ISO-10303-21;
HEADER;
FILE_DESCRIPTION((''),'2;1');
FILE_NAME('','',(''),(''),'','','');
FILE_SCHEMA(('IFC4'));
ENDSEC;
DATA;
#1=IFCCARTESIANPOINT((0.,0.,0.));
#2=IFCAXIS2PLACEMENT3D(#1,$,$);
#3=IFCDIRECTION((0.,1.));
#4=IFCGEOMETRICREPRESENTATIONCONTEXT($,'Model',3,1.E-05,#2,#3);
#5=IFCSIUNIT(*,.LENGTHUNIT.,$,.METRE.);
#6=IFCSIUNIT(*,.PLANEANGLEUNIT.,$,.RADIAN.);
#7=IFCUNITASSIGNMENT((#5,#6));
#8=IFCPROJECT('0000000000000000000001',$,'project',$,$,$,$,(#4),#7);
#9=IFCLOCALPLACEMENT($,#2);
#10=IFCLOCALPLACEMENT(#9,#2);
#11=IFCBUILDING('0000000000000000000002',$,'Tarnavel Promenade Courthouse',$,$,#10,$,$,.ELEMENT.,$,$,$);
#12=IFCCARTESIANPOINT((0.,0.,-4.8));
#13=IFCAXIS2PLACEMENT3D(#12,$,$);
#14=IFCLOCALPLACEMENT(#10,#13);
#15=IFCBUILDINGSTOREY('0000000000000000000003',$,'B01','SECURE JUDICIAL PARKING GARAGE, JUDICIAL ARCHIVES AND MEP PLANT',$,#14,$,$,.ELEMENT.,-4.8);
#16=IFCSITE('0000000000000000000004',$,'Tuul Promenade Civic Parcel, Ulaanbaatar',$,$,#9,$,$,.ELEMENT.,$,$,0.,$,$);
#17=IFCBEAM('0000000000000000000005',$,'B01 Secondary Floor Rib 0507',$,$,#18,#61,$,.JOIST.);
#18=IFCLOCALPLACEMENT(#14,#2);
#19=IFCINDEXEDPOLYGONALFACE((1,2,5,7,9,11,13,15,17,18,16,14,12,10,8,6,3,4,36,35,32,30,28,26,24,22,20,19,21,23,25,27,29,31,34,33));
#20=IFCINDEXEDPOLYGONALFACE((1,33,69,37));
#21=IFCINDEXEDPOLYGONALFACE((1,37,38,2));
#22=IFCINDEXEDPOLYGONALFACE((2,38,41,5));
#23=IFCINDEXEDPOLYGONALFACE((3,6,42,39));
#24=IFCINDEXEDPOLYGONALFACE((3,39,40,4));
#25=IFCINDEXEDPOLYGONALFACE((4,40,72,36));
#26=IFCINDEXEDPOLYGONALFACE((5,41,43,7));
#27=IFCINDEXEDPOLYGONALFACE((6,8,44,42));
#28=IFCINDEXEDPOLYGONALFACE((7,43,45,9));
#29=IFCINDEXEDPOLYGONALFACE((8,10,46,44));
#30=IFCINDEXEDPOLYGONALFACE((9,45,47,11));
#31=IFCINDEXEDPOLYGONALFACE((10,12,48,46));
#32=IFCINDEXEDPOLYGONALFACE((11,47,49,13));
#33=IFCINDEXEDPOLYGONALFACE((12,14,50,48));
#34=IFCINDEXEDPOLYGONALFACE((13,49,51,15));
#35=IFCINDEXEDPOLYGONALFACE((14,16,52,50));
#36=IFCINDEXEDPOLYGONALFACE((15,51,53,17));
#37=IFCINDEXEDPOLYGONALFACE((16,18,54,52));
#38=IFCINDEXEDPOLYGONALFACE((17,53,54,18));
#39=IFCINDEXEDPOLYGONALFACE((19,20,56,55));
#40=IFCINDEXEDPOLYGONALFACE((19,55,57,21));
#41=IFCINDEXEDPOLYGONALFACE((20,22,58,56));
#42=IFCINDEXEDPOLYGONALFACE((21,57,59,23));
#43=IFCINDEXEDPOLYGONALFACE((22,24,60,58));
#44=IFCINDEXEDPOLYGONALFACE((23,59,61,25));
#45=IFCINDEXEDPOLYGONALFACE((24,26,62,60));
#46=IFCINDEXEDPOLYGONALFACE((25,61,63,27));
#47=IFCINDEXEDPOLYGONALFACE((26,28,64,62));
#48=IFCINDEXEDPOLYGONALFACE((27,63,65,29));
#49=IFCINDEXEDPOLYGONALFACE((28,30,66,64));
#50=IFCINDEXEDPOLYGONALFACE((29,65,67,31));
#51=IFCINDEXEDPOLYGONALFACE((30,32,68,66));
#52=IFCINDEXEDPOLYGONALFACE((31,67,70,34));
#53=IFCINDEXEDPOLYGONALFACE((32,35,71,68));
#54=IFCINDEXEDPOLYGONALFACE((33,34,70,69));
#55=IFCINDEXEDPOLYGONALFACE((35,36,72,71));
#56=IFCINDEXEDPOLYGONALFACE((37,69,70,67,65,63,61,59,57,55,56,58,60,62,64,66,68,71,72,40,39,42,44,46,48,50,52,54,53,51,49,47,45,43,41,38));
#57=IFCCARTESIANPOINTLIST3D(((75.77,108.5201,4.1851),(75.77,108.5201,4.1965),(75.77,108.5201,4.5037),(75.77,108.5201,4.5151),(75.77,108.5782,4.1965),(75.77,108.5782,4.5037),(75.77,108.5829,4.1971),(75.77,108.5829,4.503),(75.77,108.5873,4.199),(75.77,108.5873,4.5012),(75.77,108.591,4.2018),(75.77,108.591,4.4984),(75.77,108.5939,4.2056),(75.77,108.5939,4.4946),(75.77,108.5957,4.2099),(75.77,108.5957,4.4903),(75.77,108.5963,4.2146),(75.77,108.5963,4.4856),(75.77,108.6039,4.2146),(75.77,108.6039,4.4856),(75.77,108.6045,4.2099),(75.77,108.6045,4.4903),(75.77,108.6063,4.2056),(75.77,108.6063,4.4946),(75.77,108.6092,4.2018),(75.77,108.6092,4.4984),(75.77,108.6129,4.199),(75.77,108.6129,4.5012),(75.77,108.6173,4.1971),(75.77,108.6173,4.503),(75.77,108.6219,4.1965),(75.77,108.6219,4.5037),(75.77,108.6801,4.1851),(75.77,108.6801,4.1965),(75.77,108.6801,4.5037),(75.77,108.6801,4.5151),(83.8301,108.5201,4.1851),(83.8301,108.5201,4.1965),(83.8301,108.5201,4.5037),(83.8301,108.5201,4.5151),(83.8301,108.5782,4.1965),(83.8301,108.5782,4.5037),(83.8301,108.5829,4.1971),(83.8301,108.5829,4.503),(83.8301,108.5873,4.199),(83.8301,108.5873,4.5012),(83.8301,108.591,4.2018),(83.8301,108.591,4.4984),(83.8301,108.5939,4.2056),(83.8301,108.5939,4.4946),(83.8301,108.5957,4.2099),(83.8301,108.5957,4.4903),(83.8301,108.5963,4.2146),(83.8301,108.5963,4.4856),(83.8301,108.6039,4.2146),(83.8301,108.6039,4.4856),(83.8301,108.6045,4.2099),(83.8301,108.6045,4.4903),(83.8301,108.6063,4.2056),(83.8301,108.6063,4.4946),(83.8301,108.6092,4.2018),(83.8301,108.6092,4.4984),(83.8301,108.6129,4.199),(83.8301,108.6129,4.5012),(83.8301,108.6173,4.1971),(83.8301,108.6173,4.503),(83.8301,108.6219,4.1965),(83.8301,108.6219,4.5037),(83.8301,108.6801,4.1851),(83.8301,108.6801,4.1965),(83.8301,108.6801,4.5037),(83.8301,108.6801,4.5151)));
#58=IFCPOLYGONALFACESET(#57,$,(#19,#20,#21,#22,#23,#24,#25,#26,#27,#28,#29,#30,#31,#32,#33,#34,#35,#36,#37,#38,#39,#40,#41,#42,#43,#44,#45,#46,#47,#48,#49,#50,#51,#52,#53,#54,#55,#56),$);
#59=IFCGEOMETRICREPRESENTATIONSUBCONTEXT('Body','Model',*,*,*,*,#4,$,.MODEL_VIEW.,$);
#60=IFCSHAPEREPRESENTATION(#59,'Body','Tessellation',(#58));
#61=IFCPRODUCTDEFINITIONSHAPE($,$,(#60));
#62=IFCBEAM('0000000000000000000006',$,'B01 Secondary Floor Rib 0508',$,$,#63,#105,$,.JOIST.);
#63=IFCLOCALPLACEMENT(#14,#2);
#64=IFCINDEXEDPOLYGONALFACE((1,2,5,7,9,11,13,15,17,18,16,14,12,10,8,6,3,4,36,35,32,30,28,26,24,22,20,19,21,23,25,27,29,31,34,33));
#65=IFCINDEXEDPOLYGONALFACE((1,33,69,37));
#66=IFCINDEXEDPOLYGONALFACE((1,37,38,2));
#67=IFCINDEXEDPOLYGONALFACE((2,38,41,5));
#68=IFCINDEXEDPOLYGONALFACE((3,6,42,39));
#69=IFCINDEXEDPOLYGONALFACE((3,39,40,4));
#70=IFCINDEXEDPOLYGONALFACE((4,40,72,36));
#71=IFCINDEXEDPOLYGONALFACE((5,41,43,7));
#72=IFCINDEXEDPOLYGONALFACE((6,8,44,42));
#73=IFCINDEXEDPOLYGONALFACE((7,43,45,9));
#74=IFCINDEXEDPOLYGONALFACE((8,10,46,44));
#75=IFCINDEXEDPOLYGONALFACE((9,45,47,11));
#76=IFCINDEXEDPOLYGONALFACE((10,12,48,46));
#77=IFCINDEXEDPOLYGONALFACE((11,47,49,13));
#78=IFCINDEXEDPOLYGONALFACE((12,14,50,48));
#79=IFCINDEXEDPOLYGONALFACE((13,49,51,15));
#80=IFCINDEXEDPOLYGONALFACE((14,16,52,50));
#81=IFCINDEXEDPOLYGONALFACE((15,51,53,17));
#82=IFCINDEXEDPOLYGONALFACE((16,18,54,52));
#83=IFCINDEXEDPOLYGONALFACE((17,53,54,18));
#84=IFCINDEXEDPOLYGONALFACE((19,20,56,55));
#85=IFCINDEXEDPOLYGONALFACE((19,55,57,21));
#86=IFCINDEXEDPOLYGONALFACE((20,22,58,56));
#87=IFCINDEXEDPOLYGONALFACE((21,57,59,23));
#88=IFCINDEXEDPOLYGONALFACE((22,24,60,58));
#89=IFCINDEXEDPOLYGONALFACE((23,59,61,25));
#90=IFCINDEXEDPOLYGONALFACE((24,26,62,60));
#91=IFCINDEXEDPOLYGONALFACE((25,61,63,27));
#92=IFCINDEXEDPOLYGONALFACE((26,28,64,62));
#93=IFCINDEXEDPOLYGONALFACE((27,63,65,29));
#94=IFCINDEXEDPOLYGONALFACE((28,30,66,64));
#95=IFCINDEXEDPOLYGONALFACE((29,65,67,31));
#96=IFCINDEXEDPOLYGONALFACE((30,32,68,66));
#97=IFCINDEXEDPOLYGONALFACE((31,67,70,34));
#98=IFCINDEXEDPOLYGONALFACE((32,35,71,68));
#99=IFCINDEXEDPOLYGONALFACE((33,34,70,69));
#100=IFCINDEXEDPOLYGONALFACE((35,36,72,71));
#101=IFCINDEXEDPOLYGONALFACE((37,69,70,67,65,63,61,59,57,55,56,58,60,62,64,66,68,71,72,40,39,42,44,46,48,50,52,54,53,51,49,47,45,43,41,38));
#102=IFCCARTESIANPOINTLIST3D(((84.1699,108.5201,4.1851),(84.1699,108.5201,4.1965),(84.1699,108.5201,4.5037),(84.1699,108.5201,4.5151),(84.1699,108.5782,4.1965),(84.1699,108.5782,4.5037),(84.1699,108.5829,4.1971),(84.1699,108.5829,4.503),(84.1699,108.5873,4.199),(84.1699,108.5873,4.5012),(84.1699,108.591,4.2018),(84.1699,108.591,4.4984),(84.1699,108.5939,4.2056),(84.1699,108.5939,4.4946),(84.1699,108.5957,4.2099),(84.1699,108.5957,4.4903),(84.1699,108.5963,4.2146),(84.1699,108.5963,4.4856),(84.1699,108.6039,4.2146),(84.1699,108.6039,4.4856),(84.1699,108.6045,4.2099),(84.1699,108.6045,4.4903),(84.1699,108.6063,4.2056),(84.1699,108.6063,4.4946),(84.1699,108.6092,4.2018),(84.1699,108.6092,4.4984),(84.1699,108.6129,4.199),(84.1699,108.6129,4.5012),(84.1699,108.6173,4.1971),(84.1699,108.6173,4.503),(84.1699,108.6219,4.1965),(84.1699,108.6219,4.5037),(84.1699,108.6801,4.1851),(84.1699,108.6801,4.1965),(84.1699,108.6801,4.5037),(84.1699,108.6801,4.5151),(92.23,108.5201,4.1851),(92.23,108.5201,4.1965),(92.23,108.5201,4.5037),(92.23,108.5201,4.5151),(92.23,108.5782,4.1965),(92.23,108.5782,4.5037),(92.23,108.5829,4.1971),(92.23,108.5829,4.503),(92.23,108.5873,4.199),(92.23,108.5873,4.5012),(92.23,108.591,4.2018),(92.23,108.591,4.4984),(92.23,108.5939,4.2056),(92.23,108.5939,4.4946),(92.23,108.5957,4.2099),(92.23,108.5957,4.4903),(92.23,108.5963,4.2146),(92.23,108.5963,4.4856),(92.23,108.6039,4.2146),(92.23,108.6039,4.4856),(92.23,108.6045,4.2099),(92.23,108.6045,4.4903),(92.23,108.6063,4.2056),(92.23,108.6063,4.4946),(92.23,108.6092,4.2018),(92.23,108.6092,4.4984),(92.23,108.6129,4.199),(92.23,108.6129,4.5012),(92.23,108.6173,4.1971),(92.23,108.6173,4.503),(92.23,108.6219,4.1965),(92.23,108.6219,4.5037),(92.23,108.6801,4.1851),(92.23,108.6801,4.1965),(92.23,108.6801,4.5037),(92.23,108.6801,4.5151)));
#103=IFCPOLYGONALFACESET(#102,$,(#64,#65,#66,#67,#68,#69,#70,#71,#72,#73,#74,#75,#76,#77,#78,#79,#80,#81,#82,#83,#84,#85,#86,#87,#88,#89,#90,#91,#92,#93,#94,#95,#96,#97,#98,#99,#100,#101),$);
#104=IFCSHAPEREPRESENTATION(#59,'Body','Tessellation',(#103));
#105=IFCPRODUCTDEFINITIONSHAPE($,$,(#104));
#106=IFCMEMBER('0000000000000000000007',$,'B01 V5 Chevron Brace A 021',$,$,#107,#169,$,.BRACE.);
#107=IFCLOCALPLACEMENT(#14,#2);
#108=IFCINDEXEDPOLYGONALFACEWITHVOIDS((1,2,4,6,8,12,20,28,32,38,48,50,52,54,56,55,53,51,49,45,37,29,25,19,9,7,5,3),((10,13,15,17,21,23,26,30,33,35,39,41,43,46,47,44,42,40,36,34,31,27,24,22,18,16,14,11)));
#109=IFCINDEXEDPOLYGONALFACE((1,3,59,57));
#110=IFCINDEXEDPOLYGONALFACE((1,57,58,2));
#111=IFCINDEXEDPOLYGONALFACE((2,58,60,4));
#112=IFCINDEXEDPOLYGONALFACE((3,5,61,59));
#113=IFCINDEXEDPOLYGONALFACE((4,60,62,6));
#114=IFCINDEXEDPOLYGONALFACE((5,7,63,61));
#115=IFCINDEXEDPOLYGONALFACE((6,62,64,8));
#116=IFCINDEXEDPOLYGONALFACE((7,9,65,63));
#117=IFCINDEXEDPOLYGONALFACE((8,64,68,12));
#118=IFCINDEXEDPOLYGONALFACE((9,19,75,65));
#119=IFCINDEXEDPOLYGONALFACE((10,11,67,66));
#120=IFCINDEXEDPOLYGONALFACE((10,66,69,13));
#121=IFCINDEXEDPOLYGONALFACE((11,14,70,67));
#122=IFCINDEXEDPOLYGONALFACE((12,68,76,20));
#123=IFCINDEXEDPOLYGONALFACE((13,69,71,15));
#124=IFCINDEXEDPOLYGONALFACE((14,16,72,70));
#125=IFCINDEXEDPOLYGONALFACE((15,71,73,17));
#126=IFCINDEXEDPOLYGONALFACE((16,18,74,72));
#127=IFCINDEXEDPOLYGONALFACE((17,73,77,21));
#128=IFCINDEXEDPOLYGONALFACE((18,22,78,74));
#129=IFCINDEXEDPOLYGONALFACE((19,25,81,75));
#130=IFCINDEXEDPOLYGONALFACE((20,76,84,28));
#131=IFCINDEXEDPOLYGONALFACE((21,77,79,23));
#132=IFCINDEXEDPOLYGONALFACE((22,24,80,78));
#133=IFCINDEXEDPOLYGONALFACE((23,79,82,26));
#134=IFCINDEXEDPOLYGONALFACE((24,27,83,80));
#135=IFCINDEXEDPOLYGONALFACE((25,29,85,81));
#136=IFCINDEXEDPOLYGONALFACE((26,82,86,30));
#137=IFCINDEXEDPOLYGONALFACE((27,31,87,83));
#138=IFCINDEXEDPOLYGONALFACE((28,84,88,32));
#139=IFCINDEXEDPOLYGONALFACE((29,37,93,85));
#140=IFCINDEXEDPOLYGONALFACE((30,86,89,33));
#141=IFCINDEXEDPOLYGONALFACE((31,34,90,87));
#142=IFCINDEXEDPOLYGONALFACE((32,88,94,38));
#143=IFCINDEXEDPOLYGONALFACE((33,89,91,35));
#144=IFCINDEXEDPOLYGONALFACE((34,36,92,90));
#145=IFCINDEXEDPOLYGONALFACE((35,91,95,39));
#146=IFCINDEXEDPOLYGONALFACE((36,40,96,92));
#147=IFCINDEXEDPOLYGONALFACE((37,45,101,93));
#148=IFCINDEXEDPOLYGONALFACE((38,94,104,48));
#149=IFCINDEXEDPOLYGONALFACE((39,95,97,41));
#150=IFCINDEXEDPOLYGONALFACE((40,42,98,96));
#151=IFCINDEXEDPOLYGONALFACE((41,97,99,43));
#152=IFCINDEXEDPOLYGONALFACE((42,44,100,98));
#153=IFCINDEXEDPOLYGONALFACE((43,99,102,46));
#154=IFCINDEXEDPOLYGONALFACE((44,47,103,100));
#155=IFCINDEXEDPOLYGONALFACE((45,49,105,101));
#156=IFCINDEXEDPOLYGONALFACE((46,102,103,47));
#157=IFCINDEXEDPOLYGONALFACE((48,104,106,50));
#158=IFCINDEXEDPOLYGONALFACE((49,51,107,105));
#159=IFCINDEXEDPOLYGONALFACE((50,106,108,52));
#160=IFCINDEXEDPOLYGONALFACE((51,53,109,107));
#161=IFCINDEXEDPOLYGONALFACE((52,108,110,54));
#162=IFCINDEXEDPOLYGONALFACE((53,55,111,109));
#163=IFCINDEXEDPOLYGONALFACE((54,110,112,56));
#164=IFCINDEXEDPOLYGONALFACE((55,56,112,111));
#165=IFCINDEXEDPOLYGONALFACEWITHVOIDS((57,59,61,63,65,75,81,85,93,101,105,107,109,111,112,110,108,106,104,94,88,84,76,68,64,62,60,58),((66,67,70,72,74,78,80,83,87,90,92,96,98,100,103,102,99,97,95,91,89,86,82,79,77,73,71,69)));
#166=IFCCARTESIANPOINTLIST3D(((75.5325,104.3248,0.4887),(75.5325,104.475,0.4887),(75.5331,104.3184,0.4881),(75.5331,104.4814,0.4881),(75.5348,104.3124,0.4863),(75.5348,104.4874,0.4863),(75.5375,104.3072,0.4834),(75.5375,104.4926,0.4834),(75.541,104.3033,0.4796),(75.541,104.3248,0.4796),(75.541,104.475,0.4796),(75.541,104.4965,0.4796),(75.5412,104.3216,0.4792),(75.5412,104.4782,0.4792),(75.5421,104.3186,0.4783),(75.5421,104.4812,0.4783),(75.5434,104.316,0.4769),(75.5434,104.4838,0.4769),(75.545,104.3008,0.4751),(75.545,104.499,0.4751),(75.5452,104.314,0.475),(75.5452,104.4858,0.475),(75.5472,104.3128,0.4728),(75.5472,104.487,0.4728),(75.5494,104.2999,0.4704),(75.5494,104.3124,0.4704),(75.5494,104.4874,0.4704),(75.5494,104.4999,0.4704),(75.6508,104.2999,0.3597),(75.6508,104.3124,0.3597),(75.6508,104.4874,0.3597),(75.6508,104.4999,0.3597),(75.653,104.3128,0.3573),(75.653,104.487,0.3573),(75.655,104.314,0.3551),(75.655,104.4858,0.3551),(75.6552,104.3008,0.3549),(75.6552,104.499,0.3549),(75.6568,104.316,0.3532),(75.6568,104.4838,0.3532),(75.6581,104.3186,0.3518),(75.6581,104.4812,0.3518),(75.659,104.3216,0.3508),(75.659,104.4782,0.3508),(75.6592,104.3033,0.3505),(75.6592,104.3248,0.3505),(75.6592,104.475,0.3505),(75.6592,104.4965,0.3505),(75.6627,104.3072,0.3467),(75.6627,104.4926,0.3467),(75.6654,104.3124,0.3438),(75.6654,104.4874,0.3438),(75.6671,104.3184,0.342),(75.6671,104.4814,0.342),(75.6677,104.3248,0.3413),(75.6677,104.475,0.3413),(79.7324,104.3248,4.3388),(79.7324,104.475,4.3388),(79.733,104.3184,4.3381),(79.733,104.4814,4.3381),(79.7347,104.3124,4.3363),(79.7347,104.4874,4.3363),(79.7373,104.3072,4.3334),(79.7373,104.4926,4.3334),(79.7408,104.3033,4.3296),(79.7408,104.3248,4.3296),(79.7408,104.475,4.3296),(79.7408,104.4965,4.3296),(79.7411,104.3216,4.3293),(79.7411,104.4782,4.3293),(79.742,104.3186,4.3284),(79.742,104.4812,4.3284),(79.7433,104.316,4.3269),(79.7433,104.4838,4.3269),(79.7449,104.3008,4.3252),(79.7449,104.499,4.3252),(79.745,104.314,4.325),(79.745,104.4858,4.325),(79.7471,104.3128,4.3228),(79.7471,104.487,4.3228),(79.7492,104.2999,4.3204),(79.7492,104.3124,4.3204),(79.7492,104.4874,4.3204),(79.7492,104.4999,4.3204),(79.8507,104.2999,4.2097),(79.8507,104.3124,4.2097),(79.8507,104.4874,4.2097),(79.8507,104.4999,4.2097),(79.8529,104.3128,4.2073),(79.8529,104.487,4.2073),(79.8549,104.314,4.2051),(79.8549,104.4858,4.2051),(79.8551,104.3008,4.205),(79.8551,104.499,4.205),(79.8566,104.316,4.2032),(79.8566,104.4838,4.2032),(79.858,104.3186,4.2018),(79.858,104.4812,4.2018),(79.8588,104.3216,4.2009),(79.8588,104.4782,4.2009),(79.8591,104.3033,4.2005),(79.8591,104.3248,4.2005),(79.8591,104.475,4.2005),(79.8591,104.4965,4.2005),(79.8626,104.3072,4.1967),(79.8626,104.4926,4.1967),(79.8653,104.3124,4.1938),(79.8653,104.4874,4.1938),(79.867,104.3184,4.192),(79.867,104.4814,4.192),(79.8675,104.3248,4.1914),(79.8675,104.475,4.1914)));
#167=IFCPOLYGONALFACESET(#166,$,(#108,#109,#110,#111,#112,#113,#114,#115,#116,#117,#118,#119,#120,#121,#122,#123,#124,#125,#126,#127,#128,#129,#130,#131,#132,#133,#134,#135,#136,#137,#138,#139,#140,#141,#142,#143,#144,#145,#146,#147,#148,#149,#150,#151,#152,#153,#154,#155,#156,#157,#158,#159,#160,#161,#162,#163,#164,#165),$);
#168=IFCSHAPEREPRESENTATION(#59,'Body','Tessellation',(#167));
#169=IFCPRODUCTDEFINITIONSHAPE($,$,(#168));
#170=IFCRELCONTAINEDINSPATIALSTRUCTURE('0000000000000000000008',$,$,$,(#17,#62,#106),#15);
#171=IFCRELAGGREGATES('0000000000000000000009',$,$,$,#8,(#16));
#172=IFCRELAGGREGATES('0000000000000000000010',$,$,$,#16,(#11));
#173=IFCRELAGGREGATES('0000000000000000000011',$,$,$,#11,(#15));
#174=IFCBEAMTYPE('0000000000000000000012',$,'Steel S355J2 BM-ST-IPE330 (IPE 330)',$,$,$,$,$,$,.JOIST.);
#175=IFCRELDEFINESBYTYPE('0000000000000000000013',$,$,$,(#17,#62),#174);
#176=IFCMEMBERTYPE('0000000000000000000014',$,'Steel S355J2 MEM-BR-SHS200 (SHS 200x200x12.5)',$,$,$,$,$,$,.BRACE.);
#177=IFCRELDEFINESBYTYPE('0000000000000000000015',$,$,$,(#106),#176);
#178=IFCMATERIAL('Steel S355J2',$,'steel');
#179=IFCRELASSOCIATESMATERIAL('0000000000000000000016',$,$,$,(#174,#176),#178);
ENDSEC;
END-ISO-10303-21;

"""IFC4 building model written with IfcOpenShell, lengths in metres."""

from ifc_helpers import new_model, si_unit, direction, frame, origin, origin_2d, place, context, subcontext, project, spatial, hollow_rectangle, i_section, extrude, material, material_profile, profile_set, type_object, element, save


model = new_model("IFC4")

# Units and contexts
model_context = context("Model", 3, precision=1e-05, world=origin(), true_north=direction((0.0, 1.0)))
body_context = subcontext(model_context, "Body", "Model", "MODEL_VIEW")
ifc_project = project(units=[si_unit("LENGTHUNIT", "METRE"), si_unit("PLANEANGLEUNIT", "RADIAN")], contexts=[model_context])

# Site, building, storey
site_placement = place(None, origin())
site = spatial("IfcSite", under=ifc_project, at=site_placement, Name="Tuul Promenade Civic Parcel, Ulaanbaatar", CompositionType="ELEMENT", RefElevation=0.0)
building_placement = place(site_placement, origin())
building = spatial("IfcBuilding", under=site, at=building_placement, Name="Tarnavel Promenade Courthouse", CompositionType="ELEMENT")
storey_placement = place(building_placement, frame((0.0, 0.0, -4.8)))
storey = spatial("IfcBuildingStorey", under=building, at=storey_placement, Name="B01", Description="SECURE JUDICIAL PARKING GARAGE, JUDICIAL ARCHIVES AND MEP PLANT", CompositionType="ELEMENT", Elevation=-4.8)

# Beams
ifc_material_1 = material(Name="Steel S355J2", Category="steel")
ifc_material_profile_1 = material_profile(ifc_material_1, i_section(OverallWidth=0.1599, OverallDepth=0.3301, WebThickness=0.0076, FlangeThickness=0.0115, FilletRadius=0.0181, at=origin_2d()), Name="IPE 330")
ifc_profile_set_1 = profile_set([ifc_material_profile_1], Name="Steel S355J2")
beam_type_1 = type_object("IfcBeamType", Name="Steel S355J2 BM-ST-IPE330 (IPE 330)", PredefinedType="JOIST", material=ifc_profile_set_1)
for number, where, z_axis, x_axis, name in (
    (1, (75.77, 108.6001, 4.3501), (1.0, 0.0, 0.0), (0.0, 1.0, 0.0), "B01 Secondary Floor Rib 0507"),
    (2, (84.1699, 108.6001, 4.3501), (1.0, 0.0, 0.0), (0.0, 1.0, 0.0), "B01 Secondary Floor Rib 0508"),
):
    element("IfcBeam", number, at=place(storey_placement, frame(where, z_axis=z_axis, x_axis=x_axis)), inside=storey, type_object=beam_type_1, Name=name, PredefinedType="JOIST", context=body_context, shape_type="SweptSolid", body=[
        extrude(i_section(OverallWidth=0.1599, OverallDepth=0.3301, WebThickness=0.0076, FlangeThickness=0.0115, FilletRadius=0.0181, at=origin_2d()), origin(), (0.0, 0.0, 1.0), 8.0601),
    ])

# Member
ifc_material_profile_2 = material_profile(ifc_material_1, hollow_rectangle(XDim=0.2, YDim=0.2, WallThickness=0.0125, InnerFilletRadius=0.0125, OuterFilletRadius=0.0249, at=origin_2d()), Name="SHS 200x200x12.5")
ifc_profile_set_2 = profile_set([ifc_material_profile_2], Name="Steel S355J2")
member_type = type_object("IfcMemberType", Name="Steel S355J2 MEM-BR-SHS200 (SHS 200x200x12.5)", PredefinedType="BRACE", material=ifc_profile_set_2)
for number, where, z_axis, x_axis, name in (
    (3, (75.6001, 104.3999, 0.415), (0.737142, 0.0, 0.675738), (0.0, 1.0, 0.0), "B01 V5 Chevron Brace A 021"),
):
    element("IfcMember", number, at=place(storey_placement, frame(where, z_axis=z_axis, x_axis=x_axis)), inside=storey, type_object=member_type, Name=name, PredefinedType="BRACE", context=body_context, shape_type="SweptSolid", body=[
        extrude(hollow_rectangle(XDim=0.2, YDim=0.2, WallThickness=0.0125, InnerFilletRadius=0.0125, OuterFilletRadius=0.0249, at=origin_2d()), origin(), (0.0, 0.0, 1.0), 5.6975),
    ])

save(model, "model.ifc")
